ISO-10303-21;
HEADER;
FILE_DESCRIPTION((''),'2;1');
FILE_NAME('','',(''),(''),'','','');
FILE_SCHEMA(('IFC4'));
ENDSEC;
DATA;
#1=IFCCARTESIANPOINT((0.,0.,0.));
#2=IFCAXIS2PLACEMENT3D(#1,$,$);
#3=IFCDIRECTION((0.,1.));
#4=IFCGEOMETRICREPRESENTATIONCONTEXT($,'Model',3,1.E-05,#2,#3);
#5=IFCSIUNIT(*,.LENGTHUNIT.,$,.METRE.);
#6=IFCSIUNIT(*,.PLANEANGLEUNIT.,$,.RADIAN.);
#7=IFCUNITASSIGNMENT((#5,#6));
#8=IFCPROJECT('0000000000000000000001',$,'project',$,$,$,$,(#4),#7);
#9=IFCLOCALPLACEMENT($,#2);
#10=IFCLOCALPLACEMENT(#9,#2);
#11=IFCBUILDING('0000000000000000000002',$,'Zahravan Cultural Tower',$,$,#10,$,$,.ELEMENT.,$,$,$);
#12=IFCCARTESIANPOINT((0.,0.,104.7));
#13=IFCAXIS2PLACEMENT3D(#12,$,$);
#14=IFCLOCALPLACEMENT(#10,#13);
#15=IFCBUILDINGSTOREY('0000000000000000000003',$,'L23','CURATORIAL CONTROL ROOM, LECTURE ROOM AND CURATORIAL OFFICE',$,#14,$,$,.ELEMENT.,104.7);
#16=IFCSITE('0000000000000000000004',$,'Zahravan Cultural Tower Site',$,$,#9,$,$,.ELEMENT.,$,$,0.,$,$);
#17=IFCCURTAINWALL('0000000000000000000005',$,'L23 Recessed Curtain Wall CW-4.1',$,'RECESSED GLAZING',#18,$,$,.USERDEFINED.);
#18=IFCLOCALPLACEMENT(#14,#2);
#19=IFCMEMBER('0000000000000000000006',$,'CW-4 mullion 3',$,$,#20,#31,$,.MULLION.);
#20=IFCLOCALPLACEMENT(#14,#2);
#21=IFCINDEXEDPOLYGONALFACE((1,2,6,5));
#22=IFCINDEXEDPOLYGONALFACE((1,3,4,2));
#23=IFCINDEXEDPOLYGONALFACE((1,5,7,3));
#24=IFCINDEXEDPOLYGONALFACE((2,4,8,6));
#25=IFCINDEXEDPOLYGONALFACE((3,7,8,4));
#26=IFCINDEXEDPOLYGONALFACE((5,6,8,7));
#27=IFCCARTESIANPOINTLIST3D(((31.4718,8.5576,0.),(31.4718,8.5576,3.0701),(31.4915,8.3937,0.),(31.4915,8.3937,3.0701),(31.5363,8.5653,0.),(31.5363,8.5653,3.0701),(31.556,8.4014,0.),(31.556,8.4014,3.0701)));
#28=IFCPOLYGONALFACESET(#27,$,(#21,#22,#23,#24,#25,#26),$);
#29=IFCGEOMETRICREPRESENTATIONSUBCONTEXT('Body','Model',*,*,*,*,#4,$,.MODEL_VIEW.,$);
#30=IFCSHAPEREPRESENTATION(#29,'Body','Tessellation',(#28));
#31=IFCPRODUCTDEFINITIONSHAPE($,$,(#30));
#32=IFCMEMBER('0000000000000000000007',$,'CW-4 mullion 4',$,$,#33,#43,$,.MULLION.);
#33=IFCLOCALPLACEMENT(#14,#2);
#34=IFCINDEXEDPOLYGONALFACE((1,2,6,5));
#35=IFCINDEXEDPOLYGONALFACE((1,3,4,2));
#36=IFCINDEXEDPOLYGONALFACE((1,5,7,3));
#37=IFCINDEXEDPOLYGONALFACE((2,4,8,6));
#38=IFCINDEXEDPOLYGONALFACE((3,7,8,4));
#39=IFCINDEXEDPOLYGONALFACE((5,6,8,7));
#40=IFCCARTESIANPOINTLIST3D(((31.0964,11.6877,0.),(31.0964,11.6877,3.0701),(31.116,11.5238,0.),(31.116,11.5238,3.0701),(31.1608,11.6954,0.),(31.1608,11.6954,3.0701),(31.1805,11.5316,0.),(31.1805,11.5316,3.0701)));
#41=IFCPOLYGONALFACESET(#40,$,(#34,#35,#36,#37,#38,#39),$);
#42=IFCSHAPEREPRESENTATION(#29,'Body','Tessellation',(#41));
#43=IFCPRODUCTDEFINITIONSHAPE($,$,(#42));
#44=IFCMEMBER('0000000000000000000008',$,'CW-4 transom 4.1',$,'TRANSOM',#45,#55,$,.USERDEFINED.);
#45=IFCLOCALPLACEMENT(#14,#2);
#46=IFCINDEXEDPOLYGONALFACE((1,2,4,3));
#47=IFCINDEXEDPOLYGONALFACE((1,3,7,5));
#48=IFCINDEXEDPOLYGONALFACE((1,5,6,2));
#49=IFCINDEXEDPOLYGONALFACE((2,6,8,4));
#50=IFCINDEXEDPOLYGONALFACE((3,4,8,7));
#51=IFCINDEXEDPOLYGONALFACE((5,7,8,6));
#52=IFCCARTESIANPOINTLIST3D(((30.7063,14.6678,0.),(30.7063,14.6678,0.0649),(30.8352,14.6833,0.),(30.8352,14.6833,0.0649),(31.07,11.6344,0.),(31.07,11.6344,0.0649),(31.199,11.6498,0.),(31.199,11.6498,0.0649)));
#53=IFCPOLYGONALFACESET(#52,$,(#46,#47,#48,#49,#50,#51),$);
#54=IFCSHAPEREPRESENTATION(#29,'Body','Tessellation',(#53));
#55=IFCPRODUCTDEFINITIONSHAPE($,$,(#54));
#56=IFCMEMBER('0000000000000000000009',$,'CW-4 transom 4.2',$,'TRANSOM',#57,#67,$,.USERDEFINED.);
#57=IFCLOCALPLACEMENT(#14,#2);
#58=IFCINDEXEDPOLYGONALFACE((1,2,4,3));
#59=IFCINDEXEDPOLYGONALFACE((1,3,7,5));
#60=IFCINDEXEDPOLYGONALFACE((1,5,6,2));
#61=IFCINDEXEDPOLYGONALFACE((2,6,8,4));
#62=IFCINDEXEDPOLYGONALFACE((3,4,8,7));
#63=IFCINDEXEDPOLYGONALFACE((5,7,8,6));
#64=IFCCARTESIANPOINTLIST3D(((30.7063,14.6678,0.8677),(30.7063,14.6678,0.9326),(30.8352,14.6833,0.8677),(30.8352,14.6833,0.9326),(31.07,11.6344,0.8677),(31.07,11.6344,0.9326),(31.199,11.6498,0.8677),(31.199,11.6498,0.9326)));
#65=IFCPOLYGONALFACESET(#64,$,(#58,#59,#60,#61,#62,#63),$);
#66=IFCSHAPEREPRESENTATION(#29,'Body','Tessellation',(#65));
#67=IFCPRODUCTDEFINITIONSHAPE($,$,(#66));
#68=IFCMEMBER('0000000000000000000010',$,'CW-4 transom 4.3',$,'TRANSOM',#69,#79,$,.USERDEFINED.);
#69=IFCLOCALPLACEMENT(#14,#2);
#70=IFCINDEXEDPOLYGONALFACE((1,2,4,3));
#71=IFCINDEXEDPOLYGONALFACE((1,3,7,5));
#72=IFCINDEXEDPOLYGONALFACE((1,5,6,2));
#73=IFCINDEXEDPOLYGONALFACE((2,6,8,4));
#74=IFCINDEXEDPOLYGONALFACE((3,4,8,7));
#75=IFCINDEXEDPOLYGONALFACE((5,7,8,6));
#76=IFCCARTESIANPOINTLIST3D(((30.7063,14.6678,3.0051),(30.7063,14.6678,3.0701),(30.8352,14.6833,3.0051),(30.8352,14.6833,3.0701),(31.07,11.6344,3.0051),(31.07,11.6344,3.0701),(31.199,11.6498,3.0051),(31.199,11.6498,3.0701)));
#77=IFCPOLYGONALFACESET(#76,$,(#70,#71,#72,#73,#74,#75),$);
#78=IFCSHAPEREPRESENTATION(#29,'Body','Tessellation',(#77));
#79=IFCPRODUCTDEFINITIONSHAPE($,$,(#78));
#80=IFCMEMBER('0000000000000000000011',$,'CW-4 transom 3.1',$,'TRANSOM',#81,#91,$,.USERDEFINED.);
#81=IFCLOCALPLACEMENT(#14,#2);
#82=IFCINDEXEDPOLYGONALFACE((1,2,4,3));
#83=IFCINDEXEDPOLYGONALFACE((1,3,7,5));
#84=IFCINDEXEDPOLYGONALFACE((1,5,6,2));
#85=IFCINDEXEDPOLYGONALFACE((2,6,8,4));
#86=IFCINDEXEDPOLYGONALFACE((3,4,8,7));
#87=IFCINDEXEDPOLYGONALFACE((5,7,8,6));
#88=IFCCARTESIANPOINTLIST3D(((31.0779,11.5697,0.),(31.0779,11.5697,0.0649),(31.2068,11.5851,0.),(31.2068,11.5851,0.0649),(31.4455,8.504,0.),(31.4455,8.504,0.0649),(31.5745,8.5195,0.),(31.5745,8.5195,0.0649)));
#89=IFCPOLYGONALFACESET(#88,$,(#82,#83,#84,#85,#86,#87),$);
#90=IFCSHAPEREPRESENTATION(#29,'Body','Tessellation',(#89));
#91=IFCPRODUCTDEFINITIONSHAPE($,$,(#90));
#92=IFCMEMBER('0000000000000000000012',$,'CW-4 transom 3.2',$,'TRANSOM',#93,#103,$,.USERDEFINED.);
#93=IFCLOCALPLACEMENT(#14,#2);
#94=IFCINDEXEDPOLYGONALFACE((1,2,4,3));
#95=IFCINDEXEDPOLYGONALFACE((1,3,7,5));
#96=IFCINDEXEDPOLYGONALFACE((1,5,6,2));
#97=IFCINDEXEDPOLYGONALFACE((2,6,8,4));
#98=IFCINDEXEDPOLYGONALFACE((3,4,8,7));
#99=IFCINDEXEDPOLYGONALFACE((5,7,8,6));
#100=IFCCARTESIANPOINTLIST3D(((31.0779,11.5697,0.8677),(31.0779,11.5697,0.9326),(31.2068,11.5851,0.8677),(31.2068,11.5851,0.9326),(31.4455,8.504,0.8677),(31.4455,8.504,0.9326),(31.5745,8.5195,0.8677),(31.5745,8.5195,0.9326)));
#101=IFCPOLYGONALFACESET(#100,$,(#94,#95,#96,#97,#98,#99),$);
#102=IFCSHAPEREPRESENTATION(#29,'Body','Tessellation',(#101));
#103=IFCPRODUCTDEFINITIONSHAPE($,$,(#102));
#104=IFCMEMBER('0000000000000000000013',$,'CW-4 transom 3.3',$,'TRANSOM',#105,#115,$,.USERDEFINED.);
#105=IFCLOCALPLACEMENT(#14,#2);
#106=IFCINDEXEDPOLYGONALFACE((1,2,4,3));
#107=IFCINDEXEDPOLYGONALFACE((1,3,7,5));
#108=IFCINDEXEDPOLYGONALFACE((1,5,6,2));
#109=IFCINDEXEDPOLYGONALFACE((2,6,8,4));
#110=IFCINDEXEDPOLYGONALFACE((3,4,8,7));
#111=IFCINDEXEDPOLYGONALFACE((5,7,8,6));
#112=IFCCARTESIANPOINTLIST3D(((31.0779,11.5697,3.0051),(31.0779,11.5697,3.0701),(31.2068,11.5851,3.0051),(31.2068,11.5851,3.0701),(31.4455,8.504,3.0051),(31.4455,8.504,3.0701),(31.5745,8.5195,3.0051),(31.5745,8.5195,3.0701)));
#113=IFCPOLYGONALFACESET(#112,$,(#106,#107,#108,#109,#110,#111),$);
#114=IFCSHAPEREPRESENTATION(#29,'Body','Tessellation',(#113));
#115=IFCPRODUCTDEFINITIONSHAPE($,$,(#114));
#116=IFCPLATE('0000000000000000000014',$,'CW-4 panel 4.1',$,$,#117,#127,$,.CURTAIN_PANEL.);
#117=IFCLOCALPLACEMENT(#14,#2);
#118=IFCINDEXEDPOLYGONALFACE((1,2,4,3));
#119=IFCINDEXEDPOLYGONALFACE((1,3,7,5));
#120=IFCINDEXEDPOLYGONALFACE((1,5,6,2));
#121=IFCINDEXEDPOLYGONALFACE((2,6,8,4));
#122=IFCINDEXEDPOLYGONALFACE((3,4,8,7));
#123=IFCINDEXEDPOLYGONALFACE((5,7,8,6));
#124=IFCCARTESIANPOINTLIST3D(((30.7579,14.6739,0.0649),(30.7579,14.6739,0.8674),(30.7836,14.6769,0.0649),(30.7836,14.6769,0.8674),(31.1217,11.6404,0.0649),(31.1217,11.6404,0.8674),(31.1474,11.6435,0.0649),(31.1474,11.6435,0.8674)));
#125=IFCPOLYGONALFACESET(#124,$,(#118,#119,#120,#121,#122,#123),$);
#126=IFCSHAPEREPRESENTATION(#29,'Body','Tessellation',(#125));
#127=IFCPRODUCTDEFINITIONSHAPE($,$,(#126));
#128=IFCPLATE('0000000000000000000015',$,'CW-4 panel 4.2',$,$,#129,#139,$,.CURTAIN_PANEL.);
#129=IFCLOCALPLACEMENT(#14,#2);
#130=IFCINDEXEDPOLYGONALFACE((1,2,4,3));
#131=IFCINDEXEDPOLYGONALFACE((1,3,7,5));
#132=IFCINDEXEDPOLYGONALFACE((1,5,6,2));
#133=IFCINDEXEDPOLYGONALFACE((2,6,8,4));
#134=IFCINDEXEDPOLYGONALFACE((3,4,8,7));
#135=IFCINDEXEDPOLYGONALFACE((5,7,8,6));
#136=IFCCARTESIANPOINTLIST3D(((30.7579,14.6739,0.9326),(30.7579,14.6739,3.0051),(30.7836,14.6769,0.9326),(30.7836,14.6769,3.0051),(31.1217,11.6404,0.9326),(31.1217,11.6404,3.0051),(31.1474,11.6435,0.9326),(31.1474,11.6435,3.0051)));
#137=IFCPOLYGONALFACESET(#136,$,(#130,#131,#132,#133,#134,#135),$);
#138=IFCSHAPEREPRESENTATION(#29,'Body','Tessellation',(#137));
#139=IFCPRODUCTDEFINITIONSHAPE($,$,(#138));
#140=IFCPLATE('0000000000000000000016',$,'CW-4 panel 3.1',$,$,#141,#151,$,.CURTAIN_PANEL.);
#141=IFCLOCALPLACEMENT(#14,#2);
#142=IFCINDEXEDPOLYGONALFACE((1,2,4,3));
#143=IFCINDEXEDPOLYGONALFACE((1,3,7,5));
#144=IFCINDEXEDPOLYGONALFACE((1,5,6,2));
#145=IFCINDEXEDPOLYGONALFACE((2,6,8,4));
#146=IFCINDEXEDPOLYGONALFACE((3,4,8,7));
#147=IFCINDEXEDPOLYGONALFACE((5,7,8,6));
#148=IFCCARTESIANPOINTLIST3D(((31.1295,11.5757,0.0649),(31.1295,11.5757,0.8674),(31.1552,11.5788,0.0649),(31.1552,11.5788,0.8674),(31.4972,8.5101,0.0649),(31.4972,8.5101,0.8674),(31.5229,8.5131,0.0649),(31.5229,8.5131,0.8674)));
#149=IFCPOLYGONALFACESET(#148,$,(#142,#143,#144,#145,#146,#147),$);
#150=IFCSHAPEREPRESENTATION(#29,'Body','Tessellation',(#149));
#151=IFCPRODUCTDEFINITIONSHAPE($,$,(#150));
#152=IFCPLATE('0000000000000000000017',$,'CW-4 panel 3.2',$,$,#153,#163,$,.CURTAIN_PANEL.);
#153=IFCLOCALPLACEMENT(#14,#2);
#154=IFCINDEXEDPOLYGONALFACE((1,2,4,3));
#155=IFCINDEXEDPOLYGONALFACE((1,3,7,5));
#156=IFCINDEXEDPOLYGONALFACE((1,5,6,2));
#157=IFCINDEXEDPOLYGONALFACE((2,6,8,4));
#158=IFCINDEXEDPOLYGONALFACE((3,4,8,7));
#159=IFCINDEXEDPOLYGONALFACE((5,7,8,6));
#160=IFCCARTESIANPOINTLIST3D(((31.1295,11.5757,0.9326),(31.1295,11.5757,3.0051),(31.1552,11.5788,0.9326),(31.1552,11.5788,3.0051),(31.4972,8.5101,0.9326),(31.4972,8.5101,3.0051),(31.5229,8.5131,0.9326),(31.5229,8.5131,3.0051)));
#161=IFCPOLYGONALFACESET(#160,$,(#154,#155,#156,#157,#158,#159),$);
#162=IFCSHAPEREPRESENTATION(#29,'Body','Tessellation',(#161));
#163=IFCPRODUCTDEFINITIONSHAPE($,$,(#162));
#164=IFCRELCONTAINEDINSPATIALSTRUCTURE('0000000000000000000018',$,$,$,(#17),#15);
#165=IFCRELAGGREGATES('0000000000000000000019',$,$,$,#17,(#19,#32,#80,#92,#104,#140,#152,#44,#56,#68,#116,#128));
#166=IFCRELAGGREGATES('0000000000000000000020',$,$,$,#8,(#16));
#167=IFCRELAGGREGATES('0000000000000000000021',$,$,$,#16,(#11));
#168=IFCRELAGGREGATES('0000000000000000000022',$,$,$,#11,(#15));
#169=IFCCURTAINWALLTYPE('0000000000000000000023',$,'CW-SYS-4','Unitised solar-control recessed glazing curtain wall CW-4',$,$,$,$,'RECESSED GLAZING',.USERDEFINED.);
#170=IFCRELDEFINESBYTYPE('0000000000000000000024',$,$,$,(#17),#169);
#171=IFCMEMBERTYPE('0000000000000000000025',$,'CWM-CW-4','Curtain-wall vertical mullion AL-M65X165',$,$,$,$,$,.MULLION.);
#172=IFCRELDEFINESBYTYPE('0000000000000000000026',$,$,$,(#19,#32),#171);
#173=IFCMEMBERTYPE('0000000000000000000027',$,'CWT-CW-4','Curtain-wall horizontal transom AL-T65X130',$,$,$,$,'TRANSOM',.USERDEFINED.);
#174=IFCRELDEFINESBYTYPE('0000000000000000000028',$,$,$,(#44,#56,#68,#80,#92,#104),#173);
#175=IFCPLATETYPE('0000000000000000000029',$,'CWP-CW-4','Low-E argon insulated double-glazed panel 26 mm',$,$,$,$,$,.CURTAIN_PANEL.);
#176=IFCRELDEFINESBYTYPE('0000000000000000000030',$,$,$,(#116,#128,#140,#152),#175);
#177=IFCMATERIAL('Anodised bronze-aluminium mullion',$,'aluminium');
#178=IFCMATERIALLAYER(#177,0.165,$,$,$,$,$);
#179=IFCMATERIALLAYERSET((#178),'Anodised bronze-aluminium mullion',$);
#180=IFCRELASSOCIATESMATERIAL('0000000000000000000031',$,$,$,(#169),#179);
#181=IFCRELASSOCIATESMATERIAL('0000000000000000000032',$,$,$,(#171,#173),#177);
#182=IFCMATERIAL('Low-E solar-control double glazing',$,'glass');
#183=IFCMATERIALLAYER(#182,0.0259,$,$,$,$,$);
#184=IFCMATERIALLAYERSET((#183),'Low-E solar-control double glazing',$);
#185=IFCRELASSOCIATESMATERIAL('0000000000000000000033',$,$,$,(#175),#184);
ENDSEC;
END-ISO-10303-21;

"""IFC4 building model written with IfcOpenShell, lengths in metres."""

from ifc_helpers import new_model, si_unit, direction, frame, origin, origin_2d, place, context, subcontext, project, spatial, rectangle, extrude, source, transform, mapped, material, layer, layer_set, material_profile, profile_set, type_object, element, aggregate, save


model = new_model("IFC4")

# Units and contexts
model_context = context("Model", 3, precision=1e-05, world=origin(), true_north=direction((0.0, 1.0)))
body_context = subcontext(model_context, "Body", "Model", "MODEL_VIEW")
ifc_project = project(units=[si_unit("LENGTHUNIT", "METRE"), si_unit("PLANEANGLEUNIT", "RADIAN")], contexts=[model_context])

# Site, building, storey
site_placement = place(None, origin())
site = spatial("IfcSite", under=ifc_project, at=site_placement, Name="Zahravan Cultural Tower Site", CompositionType="ELEMENT", RefElevation=0.0)
building_placement = place(site_placement, origin())
building = spatial("IfcBuilding", under=site, at=building_placement, Name="Zahravan Cultural Tower", CompositionType="ELEMENT")
storey_placement = place(building_placement, frame((0.0, 0.0, 104.7)))
storey = spatial("IfcBuildingStorey", under=building, at=storey_placement, Name="L23", Description="CURATORIAL CONTROL ROOM, LECTURE ROOM AND CURATORIAL OFFICE", CompositionType="ELEMENT", Elevation=104.7)

# Curtain wall, members, plates
ifc_material_1 = material(Name="Anodised bronze-aluminium mullion", Category="aluminium")
ifc_layer_1 = layer(ifc_material_1, 0.165)
ifc_layer_set_1 = layer_set([ifc_layer_1], Name="Anodised bronze-aluminium mullion")
curtain_wall_type = type_object("IfcCurtainWallType", Name="CW-SYS-4", Description="Unitised solar-control recessed glazing curtain wall CW-4", ElementType="RECESSED GLAZING", PredefinedType="USERDEFINED", material=ifc_layer_set_1)
curtain_wall_placement = place(storey_placement, origin())
curtain_wall = element("IfcCurtainWall", 1, at=curtain_wall_placement, inside=storey, type_object=curtain_wall_type, Name="L23 Recessed Curtain Wall CW-4.1", ObjectType="RECESSED GLAZING", PredefinedType="USERDEFINED")
ifc_material_profile_1 = material_profile(ifc_material_1, rectangle(XDim=0.0649, YDim=0.165, at=origin_2d()), Name="AL-M65X165")
ifc_profile_set_1 = profile_set([ifc_material_profile_1], Name="Anodised bronze-aluminium mullion")
member_type_1 = type_object("IfcMemberType", Name="CWM-CW-4", Description="Curtain-wall vertical mullion AL-M65X165", PredefinedType="MULLION", material=ifc_profile_set_1)
shared_shape_1 = source(origin(), body_context, "Body", "SweptSolid", [
    extrude(rectangle(XDim=0.0649, YDim=0.165, at=origin_2d()), origin(), (0.0, 0.0, 1.0), 3.0701),
])
member_1_placement = place(storey_placement, frame((31.5139, 8.4795, 0.0), z_axis=(0.0, 0.0, 1.0), x_axis=(-0.992883, -0.119095, 0.0)))
member_1 = element("IfcMember", 2, at=member_1_placement, type_object=member_type_1, Name="CW-4 mullion 3", PredefinedType="MULLION", context=body_context, shape_type="MappedRepresentation", body=[
    mapped(shared_shape_1, transform((0.0, 0.0, 0.0), x_axis=(1.0, 0.0, 0.0), y_axis=(0.0, 1.0, 0.0), z_axis=(0.0, 0.0, 1.0), scale=1.0)),
])
member_2_placement = place(storey_placement, frame((31.1384, 11.6096, 0.0), z_axis=(0.0, 0.0, 1.0), x_axis=(-0.992883, -0.119095, 0.0)))
member_2 = element("IfcMember", 3, at=member_2_placement, type_object=member_type_1, Name="CW-4 mullion 4", PredefinedType="MULLION", context=body_context, shape_type="MappedRepresentation", body=[
    mapped(shared_shape_1, transform((0.0, 0.0, 0.0), x_axis=(1.0, 0.0, 0.0), y_axis=(0.0, 1.0, 0.0), z_axis=(0.0, 0.0, 1.0), scale=1.0)),
])
ifc_material_profile_2 = material_profile(ifc_material_1, rectangle(XDim=0.1299, YDim=0.0649, at=origin_2d()), Name="AL-T65X130")
ifc_profile_set_2 = profile_set([ifc_material_profile_2], Name="Anodised bronze-aluminium mullion")
member_type_2 = type_object("IfcMemberType", Name="CWT-CW-4", Description="Curtain-wall horizontal transom AL-T65X130", ElementType="TRANSOM", PredefinedType="USERDEFINED", material=ifc_profile_set_2)
shared_shape_2 = source(origin(), body_context, "Body", "SweptSolid", [
    extrude(rectangle(XDim=0.1299, YDim=0.0649, at=origin_2d()), origin(), (0.0, 0.0, 1.0), 3.0552),
])
member_3_placement = place(storey_placement, frame((31.1345, 11.6421, 0.0325), z_axis=(-0.119066, 0.992886, 0.0), x_axis=(-0.992886, -0.119066, 0.0)))
member_3 = element("IfcMember", 4, at=member_3_placement, type_object=member_type_2, Name="CW-4 transom 4.1", ObjectType="TRANSOM", PredefinedType="USERDEFINED", context=body_context, shape_type="MappedRepresentation", body=[
    mapped(shared_shape_2, transform((0.0, 0.0, 0.0), x_axis=(1.0, 0.0, 0.0), y_axis=(0.0, 1.0, 0.0), z_axis=(0.0, 0.0, 1.0), scale=1.0)),
])
member_4_placement = place(storey_placement, frame((31.1345, 11.6421, 0.9001), z_axis=(-0.119066, 0.992886, 0.0), x_axis=(-0.992886, -0.119066, 0.0)))
member_4 = element("IfcMember", 5, at=member_4_placement, type_object=member_type_2, Name="CW-4 transom 4.2", ObjectType="TRANSOM", PredefinedType="USERDEFINED", context=body_context, shape_type="MappedRepresentation", body=[
    mapped(shared_shape_2, transform((0.0, 0.0, 0.0), x_axis=(1.0, 0.0, 0.0), y_axis=(0.0, 1.0, 0.0), z_axis=(0.0, 0.0, 1.0), scale=1.0)),
])
member_5_placement = place(storey_placement, frame((31.1345, 11.6421, 3.0376), z_axis=(-0.119066, 0.992886, 0.0), x_axis=(-0.992886, -0.119066, 0.0)))
member_5 = element("IfcMember", 6, at=member_5_placement, type_object=member_type_2, Name="CW-4 transom 4.3", ObjectType="TRANSOM", PredefinedType="USERDEFINED", context=body_context, shape_type="MappedRepresentation", body=[
    mapped(shared_shape_2, transform((0.0, 0.0, 0.0), x_axis=(1.0, 0.0, 0.0), y_axis=(0.0, 1.0, 0.0), z_axis=(0.0, 0.0, 1.0), scale=1.0)),
])
shared_shape_3 = source(origin(), body_context, "Body", "SweptSolid", [
    extrude(rectangle(XDim=0.1299, YDim=0.0649, at=origin_2d()), origin(), (0.0, 0.0, 1.0), 3.0876),
])
member_6_placement = place(storey_placement, frame((31.51, 8.5117, 0.0325), z_axis=(-0.11908, 0.992885, 0.0), x_axis=(-0.992885, -0.11908, 0.0)))
member_6 = element("IfcMember", 7, at=member_6_placement, type_object=member_type_2, Name="CW-4 transom 3.1", ObjectType="TRANSOM", PredefinedType="USERDEFINED", context=body_context, shape_type="MappedRepresentation", body=[
    mapped(shared_shape_3, transform((0.0, 0.0, 0.0), x_axis=(1.0, 0.0, 0.0), y_axis=(0.0, 1.0, 0.0), z_axis=(0.0, 0.0, 1.0), scale=1.0)),
])
member_7_placement = place(storey_placement, frame((31.51, 8.5117, 0.9001), z_axis=(-0.11908, 0.992885, 0.0), x_axis=(-0.992885, -0.11908, 0.0)))
member_7 = element("IfcMember", 8, at=member_7_placement, type_object=member_type_2, Name="CW-4 transom 3.2", ObjectType="TRANSOM", PredefinedType="USERDEFINED", context=body_context, shape_type="MappedRepresentation", body=[
    mapped(shared_shape_3, transform((0.0, 0.0, 0.0), x_axis=(1.0, 0.0, 0.0), y_axis=(0.0, 1.0, 0.0), z_axis=(0.0, 0.0, 1.0), scale=1.0)),
])
member_8_placement = place(storey_placement, frame((31.51, 8.5117, 3.0376), z_axis=(-0.11908, 0.992885, 0.0), x_axis=(-0.992885, -0.11908, 0.0)))
member_8 = element("IfcMember", 9, at=member_8_placement, type_object=member_type_2, Name="CW-4 transom 3.3", ObjectType="TRANSOM", PredefinedType="USERDEFINED", context=body_context, shape_type="MappedRepresentation", body=[
    mapped(shared_shape_3, transform((0.0, 0.0, 0.0), x_axis=(1.0, 0.0, 0.0), y_axis=(0.0, 1.0, 0.0), z_axis=(0.0, 0.0, 1.0), scale=1.0)),
])
ifc_material_2 = material(Name="Low-E solar-control double glazing", Category="glass")
ifc_layer_2 = layer(ifc_material_2, 0.0259)
ifc_layer_set_2 = layer_set([ifc_layer_2], Name="Low-E solar-control double glazing")
plate_type = type_object("IfcPlateType", Name="CWP-CW-4", Description="Low-E argon insulated double-glazed panel 26 mm", PredefinedType="CURTAIN_PANEL", material=ifc_layer_set_2)
shared_shape_4 = source(origin(), body_context, "Body", "SweptSolid", [
    extrude(rectangle(XDim=3.0552, YDim=0.0259, at=origin_2d()), origin(), (0.0, 0.0, 1.0), 0.8025),
])
plate_1_placement = place(storey_placement, frame((30.9526, 13.1587, 0.0649), z_axis=(0.0, 0.0, 1.0), x_axis=(-0.119095, 0.992883, 0.0)))
plate_1 = element("IfcPlate", 10, at=plate_1_placement, type_object=plate_type, Name="CW-4 panel 4.1", PredefinedType="CURTAIN_PANEL", context=body_context, shape_type="MappedRepresentation", body=[
    mapped(shared_shape_4, transform((0.0, 0.0, 0.0), x_axis=(1.0, 0.0, 0.0), y_axis=(0.0, 1.0, 0.0), z_axis=(0.0, 0.0, 1.0), scale=1.0)),
])
shared_shape_5 = source(origin(), body_context, "Body", "SweptSolid", [
    extrude(rectangle(XDim=3.0552, YDim=0.0259, at=origin_2d()), origin(), (0.0, 0.0, 1.0), 2.0725),
])
plate_2_placement = place(storey_placement, frame((30.9526, 13.1587, 0.9326), z_axis=(0.0, 0.0, 1.0), x_axis=(-0.119095, 0.992883, 0.0)))
plate_2 = element("IfcPlate", 11, at=plate_2_placement, type_object=plate_type, Name="CW-4 panel 4.2", PredefinedType="CURTAIN_PANEL", context=body_context, shape_type="MappedRepresentation", body=[
    mapped(shared_shape_5, transform((0.0, 0.0, 0.0), x_axis=(1.0, 0.0, 0.0), y_axis=(0.0, 1.0, 0.0), z_axis=(0.0, 0.0, 1.0), scale=1.0)),
])
shared_shape_6 = source(origin(), body_context, "Body", "SweptSolid", [
    extrude(rectangle(XDim=3.0876, YDim=0.0259, at=origin_2d()), origin(), (0.0, 0.0, 1.0), 0.8025),
])
plate_3_placement = place(storey_placement, frame((31.3262, 10.0444, 0.0649), z_axis=(0.0, 0.0, 1.0), x_axis=(-0.119095, 0.992883, 0.0)))
plate_3 = element("IfcPlate", 12, at=plate_3_placement, type_object=plate_type, Name="CW-4 panel 3.1", PredefinedType="CURTAIN_PANEL", context=body_context, shape_type="MappedRepresentation", body=[
    mapped(shared_shape_6, transform((0.0, 0.0, 0.0), x_axis=(1.0, 0.0, 0.0), y_axis=(0.0, 1.0, 0.0), z_axis=(0.0, 0.0, 1.0), scale=1.0)),
])
shared_shape_7 = source(origin(), body_context, "Body", "SweptSolid", [
    extrude(rectangle(XDim=3.0876, YDim=0.0259, at=origin_2d()), origin(), (0.0, 0.0, 1.0), 2.0725),
])
plate_4_placement = place(storey_placement, frame((31.3262, 10.0444, 0.9326), z_axis=(0.0, 0.0, 1.0), x_axis=(-0.119095, 0.992883, 0.0)))
plate_4 = element("IfcPlate", 13, at=plate_4_placement, type_object=plate_type, Name="CW-4 panel 3.2", PredefinedType="CURTAIN_PANEL", context=body_context, shape_type="MappedRepresentation", body=[
    mapped(shared_shape_7, transform((0.0, 0.0, 0.0), x_axis=(1.0, 0.0, 0.0), y_axis=(0.0, 1.0, 0.0), z_axis=(0.0, 0.0, 1.0), scale=1.0)),
])
aggregate(curtain_wall, [member_1, member_2, member_6, member_7, member_8, plate_3, plate_4, member_3, member_4, member_5, plate_1, plate_2])

save(model, "model.ifc")
